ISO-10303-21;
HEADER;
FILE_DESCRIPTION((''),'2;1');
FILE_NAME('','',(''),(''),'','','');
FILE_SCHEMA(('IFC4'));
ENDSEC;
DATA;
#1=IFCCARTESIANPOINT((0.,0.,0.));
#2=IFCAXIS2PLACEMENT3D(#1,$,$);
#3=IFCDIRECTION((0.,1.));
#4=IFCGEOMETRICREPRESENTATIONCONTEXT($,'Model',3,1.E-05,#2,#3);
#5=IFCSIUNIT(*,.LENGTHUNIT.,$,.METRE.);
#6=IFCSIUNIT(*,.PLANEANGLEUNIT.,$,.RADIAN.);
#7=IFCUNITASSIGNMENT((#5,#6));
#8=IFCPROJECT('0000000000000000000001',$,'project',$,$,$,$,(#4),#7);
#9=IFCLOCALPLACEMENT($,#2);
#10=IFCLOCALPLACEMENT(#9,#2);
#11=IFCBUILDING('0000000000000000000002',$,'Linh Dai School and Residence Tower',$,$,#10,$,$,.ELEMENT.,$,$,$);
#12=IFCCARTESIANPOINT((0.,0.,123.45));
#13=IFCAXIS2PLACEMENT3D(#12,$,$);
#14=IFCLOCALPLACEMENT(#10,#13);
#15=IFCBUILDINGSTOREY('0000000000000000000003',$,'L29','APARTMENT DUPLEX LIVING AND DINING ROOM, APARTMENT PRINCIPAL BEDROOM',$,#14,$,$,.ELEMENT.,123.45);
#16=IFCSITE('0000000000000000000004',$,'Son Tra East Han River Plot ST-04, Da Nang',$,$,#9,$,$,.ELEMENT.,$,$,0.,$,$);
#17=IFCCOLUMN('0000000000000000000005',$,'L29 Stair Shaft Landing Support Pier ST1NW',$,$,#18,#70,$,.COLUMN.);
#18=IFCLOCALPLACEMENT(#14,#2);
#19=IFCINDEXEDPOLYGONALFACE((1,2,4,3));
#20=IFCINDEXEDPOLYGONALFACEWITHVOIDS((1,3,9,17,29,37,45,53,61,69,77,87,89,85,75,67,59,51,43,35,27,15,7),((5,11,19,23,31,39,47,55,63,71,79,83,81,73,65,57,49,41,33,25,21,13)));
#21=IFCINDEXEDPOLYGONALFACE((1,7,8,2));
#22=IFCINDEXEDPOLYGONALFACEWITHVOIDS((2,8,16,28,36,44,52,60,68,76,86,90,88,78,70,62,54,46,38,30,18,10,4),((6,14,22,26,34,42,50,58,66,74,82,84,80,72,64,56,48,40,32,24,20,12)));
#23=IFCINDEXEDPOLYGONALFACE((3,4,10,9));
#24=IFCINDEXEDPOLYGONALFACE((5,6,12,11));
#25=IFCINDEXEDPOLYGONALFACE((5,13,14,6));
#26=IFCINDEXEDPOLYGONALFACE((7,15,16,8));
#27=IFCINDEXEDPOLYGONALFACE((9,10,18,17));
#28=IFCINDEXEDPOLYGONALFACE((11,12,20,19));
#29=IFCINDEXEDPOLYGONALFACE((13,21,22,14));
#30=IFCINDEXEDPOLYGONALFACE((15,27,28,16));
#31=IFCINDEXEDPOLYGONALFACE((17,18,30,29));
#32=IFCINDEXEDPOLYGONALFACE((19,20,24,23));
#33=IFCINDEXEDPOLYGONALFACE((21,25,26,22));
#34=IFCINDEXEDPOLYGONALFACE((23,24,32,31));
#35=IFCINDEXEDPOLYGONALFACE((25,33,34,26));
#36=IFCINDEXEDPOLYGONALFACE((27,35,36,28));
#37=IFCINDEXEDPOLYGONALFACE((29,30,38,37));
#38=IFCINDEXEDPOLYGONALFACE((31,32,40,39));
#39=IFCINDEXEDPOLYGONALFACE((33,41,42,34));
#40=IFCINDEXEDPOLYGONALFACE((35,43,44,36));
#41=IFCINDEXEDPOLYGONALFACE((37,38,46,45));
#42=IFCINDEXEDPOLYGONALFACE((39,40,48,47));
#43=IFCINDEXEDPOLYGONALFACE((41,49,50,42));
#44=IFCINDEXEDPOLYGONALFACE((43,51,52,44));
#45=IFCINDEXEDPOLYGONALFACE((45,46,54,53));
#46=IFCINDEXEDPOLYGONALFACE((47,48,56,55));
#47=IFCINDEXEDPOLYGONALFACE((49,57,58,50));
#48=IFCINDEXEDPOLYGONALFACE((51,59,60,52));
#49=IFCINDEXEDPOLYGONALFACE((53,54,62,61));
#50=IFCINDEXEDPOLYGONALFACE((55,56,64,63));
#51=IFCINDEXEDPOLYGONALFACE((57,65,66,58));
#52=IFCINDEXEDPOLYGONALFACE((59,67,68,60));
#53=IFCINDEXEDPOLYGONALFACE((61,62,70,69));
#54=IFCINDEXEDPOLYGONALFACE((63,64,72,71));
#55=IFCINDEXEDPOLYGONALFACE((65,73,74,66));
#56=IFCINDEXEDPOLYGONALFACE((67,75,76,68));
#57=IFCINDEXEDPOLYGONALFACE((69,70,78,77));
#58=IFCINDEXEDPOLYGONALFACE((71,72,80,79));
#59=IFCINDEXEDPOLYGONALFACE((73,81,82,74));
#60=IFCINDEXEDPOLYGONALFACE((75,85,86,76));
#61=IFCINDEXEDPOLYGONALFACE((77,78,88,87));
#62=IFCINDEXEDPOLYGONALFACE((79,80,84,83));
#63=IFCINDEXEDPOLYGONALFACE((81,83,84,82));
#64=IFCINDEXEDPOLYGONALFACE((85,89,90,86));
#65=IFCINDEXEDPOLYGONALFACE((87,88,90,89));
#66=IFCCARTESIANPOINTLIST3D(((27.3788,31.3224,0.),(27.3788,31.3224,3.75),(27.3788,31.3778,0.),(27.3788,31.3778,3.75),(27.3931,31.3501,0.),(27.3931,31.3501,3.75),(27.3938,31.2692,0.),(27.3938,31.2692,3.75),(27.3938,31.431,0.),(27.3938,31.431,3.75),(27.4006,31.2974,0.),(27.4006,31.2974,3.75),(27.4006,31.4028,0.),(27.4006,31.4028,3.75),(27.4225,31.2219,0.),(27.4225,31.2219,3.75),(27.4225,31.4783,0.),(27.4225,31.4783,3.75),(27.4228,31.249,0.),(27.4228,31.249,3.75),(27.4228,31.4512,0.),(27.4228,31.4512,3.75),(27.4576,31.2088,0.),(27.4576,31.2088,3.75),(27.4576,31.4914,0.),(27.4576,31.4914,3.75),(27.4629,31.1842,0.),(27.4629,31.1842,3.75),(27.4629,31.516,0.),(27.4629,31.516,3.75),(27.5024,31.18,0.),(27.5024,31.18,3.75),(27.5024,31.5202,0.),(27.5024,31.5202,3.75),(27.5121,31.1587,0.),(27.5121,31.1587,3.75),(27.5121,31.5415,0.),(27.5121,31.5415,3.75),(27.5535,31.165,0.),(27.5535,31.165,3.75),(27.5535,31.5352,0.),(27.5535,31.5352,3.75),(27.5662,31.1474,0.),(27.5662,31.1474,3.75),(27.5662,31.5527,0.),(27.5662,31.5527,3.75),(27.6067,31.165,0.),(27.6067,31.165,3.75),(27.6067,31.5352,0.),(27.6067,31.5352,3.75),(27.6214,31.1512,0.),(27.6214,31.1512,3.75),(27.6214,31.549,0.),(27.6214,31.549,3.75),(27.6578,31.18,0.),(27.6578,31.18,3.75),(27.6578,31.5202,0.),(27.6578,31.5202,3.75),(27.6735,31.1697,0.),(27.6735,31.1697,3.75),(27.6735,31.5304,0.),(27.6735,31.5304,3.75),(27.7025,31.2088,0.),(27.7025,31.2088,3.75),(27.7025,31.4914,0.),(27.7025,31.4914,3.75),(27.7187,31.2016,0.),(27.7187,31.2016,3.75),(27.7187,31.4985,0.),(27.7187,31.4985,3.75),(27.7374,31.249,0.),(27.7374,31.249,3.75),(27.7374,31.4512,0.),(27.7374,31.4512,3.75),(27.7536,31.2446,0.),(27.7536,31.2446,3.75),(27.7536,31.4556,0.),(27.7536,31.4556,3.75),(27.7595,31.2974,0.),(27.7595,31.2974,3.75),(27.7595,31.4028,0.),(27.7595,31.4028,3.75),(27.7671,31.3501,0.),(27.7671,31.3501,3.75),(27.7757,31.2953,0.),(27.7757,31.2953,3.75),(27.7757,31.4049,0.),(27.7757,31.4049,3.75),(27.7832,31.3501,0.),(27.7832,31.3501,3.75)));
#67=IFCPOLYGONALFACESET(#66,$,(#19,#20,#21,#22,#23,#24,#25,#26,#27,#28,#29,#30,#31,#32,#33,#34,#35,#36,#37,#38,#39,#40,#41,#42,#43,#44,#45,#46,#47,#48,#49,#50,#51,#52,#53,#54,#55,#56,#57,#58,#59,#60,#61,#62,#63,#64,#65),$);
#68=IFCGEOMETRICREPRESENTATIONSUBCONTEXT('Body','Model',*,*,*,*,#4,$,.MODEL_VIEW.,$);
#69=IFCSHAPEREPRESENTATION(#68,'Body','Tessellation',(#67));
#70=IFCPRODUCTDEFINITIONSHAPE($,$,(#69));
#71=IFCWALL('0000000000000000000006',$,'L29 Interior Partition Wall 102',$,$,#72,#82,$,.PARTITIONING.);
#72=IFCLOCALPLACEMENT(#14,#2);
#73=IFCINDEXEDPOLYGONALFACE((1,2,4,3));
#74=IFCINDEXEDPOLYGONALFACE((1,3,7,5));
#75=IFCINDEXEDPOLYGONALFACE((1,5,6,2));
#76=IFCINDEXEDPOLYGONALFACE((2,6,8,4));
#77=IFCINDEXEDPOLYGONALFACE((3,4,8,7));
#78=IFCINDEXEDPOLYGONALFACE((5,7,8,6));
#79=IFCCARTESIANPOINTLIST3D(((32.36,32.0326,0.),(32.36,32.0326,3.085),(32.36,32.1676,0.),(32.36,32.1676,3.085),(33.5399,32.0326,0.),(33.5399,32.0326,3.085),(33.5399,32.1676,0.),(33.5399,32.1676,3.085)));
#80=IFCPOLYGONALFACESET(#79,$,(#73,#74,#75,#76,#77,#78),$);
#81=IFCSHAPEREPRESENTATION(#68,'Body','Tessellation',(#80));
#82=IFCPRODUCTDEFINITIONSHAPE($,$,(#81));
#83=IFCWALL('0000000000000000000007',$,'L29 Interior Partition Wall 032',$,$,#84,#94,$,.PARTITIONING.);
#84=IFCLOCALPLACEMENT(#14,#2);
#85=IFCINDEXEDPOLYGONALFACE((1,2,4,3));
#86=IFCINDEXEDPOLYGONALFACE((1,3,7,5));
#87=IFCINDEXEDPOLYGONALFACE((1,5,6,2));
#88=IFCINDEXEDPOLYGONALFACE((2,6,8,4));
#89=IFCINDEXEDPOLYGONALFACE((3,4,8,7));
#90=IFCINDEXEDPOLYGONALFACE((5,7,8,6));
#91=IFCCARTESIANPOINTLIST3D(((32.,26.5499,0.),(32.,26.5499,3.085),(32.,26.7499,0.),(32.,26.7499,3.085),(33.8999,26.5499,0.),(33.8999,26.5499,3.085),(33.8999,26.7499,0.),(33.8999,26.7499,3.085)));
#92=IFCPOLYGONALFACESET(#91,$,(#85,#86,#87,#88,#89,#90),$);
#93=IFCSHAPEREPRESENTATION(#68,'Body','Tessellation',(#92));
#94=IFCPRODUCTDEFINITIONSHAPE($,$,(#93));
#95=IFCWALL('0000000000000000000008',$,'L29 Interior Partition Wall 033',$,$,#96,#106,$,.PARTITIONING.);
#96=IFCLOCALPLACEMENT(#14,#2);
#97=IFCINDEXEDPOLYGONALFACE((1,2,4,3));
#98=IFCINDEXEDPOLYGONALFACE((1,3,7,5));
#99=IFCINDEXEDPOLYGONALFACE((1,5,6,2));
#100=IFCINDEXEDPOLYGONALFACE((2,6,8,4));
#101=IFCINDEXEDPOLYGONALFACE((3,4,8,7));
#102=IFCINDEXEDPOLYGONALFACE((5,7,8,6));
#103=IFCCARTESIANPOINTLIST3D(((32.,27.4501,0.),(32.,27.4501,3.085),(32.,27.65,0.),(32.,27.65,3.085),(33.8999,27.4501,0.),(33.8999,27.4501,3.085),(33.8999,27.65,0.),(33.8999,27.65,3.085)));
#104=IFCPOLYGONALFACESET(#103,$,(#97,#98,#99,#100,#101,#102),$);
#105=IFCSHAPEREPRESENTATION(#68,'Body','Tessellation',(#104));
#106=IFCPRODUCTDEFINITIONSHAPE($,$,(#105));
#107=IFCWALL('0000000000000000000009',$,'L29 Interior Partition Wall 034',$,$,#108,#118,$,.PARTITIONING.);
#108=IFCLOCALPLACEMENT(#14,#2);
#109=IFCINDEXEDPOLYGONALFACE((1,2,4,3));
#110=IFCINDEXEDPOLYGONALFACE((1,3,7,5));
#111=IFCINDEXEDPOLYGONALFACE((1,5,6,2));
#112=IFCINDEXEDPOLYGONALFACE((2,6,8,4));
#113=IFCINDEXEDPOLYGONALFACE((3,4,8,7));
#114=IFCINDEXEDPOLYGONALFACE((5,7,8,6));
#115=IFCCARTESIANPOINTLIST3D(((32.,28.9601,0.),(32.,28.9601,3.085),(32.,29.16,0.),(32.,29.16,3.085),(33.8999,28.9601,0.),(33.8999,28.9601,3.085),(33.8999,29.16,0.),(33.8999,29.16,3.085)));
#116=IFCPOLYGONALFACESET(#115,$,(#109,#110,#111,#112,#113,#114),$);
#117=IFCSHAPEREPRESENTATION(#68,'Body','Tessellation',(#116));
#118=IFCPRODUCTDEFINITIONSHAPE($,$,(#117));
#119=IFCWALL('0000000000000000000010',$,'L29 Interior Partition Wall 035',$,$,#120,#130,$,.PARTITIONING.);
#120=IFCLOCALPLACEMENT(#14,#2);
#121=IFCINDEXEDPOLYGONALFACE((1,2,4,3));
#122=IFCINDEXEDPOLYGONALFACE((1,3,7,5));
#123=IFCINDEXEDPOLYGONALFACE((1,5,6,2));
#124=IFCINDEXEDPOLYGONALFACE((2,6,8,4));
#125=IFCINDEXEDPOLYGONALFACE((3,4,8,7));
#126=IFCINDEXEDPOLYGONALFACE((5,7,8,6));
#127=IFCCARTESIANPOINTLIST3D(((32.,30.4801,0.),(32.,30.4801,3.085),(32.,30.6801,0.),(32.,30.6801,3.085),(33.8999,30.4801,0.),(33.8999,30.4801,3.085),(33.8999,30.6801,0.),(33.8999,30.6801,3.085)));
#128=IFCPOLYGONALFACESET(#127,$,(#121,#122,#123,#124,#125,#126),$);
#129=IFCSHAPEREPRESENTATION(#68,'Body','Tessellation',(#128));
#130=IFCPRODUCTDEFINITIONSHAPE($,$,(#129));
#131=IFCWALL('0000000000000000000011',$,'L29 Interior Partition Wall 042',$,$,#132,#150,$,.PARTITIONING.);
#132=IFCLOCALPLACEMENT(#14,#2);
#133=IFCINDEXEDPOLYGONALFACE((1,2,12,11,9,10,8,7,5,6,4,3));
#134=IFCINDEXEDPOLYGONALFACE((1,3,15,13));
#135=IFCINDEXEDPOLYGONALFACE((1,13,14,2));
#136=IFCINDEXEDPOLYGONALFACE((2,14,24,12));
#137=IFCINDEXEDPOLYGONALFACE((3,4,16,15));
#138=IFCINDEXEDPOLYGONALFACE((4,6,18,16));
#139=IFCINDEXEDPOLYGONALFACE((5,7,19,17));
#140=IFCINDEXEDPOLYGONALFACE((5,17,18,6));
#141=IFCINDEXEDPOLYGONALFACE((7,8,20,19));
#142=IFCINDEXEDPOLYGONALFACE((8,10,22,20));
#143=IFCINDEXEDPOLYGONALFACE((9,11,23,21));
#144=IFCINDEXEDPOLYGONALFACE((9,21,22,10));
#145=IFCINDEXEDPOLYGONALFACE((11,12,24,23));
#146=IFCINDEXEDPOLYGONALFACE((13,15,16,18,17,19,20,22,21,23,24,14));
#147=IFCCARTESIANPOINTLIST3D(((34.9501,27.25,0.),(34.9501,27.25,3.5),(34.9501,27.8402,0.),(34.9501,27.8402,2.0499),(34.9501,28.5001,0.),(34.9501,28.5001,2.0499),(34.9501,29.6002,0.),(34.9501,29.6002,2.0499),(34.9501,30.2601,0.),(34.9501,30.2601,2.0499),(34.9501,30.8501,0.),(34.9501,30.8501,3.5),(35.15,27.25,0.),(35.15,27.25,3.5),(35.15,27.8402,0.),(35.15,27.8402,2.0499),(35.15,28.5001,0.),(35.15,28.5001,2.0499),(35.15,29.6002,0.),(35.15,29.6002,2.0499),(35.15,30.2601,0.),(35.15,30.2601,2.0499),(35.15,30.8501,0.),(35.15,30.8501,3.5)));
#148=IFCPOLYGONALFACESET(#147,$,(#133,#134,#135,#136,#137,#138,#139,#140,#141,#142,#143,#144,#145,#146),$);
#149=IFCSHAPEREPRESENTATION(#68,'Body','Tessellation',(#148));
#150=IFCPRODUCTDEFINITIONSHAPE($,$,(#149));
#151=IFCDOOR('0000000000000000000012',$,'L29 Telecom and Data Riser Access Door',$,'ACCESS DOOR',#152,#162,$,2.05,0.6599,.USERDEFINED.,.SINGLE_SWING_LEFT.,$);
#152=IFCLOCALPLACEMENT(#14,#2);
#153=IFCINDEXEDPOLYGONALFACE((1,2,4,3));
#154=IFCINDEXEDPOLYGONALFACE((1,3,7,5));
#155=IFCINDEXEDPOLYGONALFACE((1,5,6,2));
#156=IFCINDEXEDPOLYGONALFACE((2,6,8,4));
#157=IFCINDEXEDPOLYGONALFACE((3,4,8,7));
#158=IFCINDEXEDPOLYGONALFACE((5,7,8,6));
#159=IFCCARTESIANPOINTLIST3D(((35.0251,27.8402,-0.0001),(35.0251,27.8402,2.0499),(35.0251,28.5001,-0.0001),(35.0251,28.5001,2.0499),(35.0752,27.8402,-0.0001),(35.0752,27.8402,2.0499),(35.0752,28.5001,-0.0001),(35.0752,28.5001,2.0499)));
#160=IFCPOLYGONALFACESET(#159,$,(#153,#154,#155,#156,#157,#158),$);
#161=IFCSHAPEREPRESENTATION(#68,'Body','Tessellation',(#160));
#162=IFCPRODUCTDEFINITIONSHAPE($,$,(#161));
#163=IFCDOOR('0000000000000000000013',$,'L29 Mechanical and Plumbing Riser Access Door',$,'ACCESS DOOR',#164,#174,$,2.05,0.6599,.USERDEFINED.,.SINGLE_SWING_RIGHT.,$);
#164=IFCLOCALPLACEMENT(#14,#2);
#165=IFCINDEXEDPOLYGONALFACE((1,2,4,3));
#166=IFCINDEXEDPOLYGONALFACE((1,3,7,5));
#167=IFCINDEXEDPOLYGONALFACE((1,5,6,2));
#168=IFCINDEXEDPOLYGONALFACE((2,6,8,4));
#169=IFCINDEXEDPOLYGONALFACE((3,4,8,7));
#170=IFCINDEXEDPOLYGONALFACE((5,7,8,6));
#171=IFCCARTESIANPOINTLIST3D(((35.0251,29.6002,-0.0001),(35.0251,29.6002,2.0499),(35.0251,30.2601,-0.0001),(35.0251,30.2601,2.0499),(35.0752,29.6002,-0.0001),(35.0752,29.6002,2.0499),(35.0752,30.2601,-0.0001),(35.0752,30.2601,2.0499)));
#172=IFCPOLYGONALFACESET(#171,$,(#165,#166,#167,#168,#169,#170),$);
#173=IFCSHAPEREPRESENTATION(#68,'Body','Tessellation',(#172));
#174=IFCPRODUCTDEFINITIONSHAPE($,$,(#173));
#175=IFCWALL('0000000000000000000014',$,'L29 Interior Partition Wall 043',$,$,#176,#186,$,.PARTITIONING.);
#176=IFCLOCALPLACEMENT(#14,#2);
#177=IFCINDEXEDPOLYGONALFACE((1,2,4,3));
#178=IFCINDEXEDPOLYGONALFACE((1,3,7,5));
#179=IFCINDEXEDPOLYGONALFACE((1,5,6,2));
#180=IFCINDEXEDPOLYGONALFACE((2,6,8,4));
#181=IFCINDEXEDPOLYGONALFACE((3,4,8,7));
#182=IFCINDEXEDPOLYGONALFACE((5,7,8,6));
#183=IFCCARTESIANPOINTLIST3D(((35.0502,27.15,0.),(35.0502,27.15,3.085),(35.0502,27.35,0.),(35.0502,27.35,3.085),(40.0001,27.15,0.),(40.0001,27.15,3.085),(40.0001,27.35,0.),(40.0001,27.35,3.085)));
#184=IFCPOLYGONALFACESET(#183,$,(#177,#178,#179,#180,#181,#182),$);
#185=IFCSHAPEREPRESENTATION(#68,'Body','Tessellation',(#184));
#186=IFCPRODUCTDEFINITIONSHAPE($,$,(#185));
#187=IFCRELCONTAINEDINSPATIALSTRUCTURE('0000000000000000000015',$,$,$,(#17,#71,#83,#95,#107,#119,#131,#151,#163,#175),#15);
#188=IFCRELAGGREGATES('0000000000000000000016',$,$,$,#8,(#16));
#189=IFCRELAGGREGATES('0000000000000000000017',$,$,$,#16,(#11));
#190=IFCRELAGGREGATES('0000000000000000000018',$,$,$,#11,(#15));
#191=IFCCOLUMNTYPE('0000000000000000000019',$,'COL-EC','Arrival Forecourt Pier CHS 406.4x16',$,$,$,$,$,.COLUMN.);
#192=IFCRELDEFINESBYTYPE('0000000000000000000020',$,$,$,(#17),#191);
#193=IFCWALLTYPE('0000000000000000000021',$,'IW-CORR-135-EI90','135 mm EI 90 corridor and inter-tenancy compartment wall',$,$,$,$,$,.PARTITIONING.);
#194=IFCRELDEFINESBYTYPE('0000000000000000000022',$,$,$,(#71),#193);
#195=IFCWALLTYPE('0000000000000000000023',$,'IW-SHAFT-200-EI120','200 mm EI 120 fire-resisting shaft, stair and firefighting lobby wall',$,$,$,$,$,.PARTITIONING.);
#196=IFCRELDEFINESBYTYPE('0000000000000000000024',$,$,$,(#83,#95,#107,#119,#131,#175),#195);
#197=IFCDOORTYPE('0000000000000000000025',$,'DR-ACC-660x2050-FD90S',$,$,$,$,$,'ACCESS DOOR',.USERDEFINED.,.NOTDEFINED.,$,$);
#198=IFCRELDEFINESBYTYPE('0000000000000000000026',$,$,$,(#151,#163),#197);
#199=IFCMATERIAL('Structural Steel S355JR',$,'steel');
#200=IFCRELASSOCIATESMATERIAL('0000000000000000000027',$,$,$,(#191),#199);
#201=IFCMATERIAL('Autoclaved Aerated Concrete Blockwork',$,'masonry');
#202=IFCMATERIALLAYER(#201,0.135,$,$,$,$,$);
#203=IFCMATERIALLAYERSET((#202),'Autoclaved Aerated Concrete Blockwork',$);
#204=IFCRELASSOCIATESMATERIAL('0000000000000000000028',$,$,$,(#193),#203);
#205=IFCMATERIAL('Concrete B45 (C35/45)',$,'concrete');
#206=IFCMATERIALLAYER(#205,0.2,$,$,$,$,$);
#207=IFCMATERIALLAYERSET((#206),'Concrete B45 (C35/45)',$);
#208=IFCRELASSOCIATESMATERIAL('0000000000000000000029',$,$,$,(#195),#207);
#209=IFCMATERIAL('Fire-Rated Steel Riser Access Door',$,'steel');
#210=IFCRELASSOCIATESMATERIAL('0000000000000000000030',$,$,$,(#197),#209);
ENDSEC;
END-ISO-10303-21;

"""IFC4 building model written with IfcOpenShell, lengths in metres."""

from ifc_helpers import new_model, si_unit, direction, frame, frame_2d, origin, origin_2d, place, context, subcontext, project, spatial, rectangle, hollow_circle, extrude, source, transform, mapped, material, layer, layer_set, material_profile, profile_set, type_object, element, fill, save


model = new_model("IFC4")

# Units and contexts
model_context = context("Model", 3, precision=1e-05, world=origin(), true_north=direction((0.0, 1.0)))
body_context = subcontext(model_context, "Body", "Model", "MODEL_VIEW")
ifc_project = project(units=[si_unit("LENGTHUNIT", "METRE"), si_unit("PLANEANGLEUNIT", "RADIAN")], contexts=[model_context])

# Site, building, storey
site_placement = place(None, origin())
site = spatial("IfcSite", under=ifc_project, at=site_placement, Name="Son Tra East Han River Plot ST-04, Da Nang", CompositionType="ELEMENT", RefElevation=0.0)
building_placement = place(site_placement, origin())
building = spatial("IfcBuilding", under=site, at=building_placement, Name="Linh Dai School and Residence Tower", CompositionType="ELEMENT")
storey_placement = place(building_placement, frame((0.0, 0.0, 123.45)))
storey = spatial("IfcBuildingStorey", under=building, at=storey_placement, Name="L29", Description="APARTMENT DUPLEX LIVING AND DINING ROOM, APARTMENT PRINCIPAL BEDROOM", CompositionType="ELEMENT", Elevation=123.45)

# Column
ifc_material_1 = material(Name="Structural Steel S355JR", Category="steel")
ifc_material_profile = material_profile(ifc_material_1, hollow_circle(Radius=0.2031, WallThickness=0.0161, at=origin_2d()), Name="CHS 406.4x16")
ifc_profile_set = profile_set([ifc_material_profile], Name="Structural Steel S355JR")
column_type = type_object("IfcColumnType", Name="COL-EC", Description="Arrival Forecourt Pier CHS 406.4x16", PredefinedType="COLUMN", material=ifc_profile_set)
column_placement = place(storey_placement, frame((27.5801, 31.3501, 0.0), z_axis=(0.0, 0.0, 1.0), x_axis=(1.0, 0.0, 0.0)))
element("IfcColumn", 1, at=column_placement, inside=storey, type_object=column_type, Name="L29 Stair Shaft Landing Support Pier ST1NW", PredefinedType="COLUMN", context=body_context, shape_type="SweptSolid", body=[
    extrude(hollow_circle(Radius=0.2031, WallThickness=0.0161, at=origin_2d()), origin(), (0.0, 0.0, 1.0), 3.75),
])

# Walls
ifc_material_2 = material(Name="Autoclaved Aerated Concrete Blockwork", Category="masonry")
ifc_layer_1 = layer(ifc_material_2, 0.135)
ifc_layer_set_1 = layer_set([ifc_layer_1], Name="Autoclaved Aerated Concrete Blockwork")
wall_type_1 = type_object("IfcWallType", Name="IW-CORR-135-EI90", Description="135 mm EI 90 corridor and inter-tenancy compartment wall", PredefinedType="PARTITIONING", material=ifc_layer_set_1)
wall_1_placement = place(storey_placement, frame((32.3601, 32.1001, 0.0), z_axis=(0.0, 0.0, 1.0), x_axis=(1.0, 0.0, 0.0)))
element("IfcWall", 2, at=wall_1_placement, inside=storey, type_object=wall_type_1, Name="L29 Interior Partition Wall 102", PredefinedType="PARTITIONING", context=body_context, shape_type="SweptSolid", body=[
    extrude(rectangle(XDim=1.1799, YDim=0.135, at=frame_2d((0.5898, 0.0))), origin(), (0.0, 0.0, 1.0), 3.085),
])
ifc_material_3 = material(Name="Concrete B45 (C35/45)", Category="concrete")
ifc_layer_2 = layer(ifc_material_3, 0.2)
ifc_layer_set_2 = layer_set([ifc_layer_2], Name="Concrete B45 (C35/45)")
wall_type_2 = type_object("IfcWallType", Name="IW-SHAFT-200-EI120", Description="200 mm EI 120 fire-resisting shaft, stair and firefighting lobby wall", PredefinedType="PARTITIONING", material=ifc_layer_set_2)
for number, where, z_axis, x_axis, name in (
    (3, (32.0, 26.6499, 0.0), (0.0, 0.0, 1.0), (1.0, 0.0, 0.0), "L29 Interior Partition Wall 032"),
    (4, (32.0, 27.55, 0.0), (0.0, 0.0, 1.0), (1.0, 0.0, 0.0), "L29 Interior Partition Wall 033"),
    (5, (32.0, 29.0601, 0.0), (0.0, 0.0, 1.0), (1.0, 0.0, 0.0), "L29 Interior Partition Wall 034"),
    (6, (32.0, 30.5801, 0.0), (0.0, 0.0, 1.0), (1.0, 0.0, 0.0), "L29 Interior Partition Wall 035"),
):
    element("IfcWall", number, at=place(storey_placement, frame(where, z_axis=z_axis, x_axis=x_axis)), inside=storey, type_object=wall_type_2, Name=name, PredefinedType="PARTITIONING", context=body_context, shape_type="SweptSolid", body=[
        extrude(rectangle(XDim=1.8999, YDim=0.2, at=frame_2d((0.95, 0.0))), origin(), (0.0, 0.0, 1.0), 3.085),
    ])

# Wall, openings, doors
wall_2_placement = place(storey_placement, frame((35.05, 27.25, 0.0), z_axis=(0.0, 0.0, 1.0), x_axis=(0.0, 1.0, 0.0)))
wall_2 = element("IfcWall", 7, at=wall_2_placement, inside=storey, type_object=wall_type_2, Name="L29 Interior Partition Wall 042", PredefinedType="PARTITIONING", context=body_context, shape_type="SweptSolid", body=[
    extrude(rectangle(XDim=3.6001, YDim=0.2, at=frame_2d((1.8, 0.0))), origin(), (0.0, 0.0, 1.0), 3.5),
])
opening_1_placement = place(wall_2_placement, frame((0.5901, 0.0, 0.0)))
opening_1 = element("IfcOpeningElement", 8, at=opening_1_placement, cuts=wall_2, PredefinedType="OPENING", context=body_context, shape_type="SweptSolid", body=[
    extrude(rectangle(XDim=0.6599, YDim=2.05, at=origin_2d()), frame((0.3301, 0.1099, 1.0249), z_axis=(0.0, -1.0, 0.0), x_axis=(1.0, 0.0, 0.0)), (0.0, 0.0, 1.0), 0.22),
])
opening_2_placement = place(wall_2_placement, frame((2.3501, 0.0, 0.0)))
opening_2 = element("IfcOpeningElement", 9, at=opening_2_placement, cuts=wall_2, PredefinedType="OPENING", context=body_context, shape_type="SweptSolid", body=[
    extrude(rectangle(XDim=0.6599, YDim=2.05, at=origin_2d()), frame((0.3301, 0.1099, 1.0249), z_axis=(0.0, -1.0, 0.0), x_axis=(1.0, 0.0, 0.0)), (0.0, 0.0, 1.0), 0.22),
])
ifc_material_4 = material(Name="Fire-Rated Steel Riser Access Door", Category="steel")
door_type = type_object("IfcDoorType", Name="DR-ACC-660x2050-FD90S", ElementType="ACCESS DOOR", OperationType="NOTDEFINED", PredefinedType="USERDEFINED", material=ifc_material_4)
shared_shape_1 = source(origin(), body_context, "Body", "SweptSolid", [
    extrude(rectangle(XDim=0.6599, YDim=2.05, at=origin_2d()), frame((0.3301, 0.0249, 1.0249), z_axis=(0.0, -1.0, 0.0), x_axis=(1.0, 0.0, 0.0)), (0.0, 0.0, 1.0), 0.05),
])
door_1_placement = place(opening_1_placement, origin())
door_1 = element("IfcDoor", 10, at=door_1_placement, inside=storey, type_object=door_type, Name="L29 Telecom and Data Riser Access Door", ObjectType="ACCESS DOOR", OperationType="SINGLE_SWING_LEFT", OverallHeight=2.05, OverallWidth=0.6599, PredefinedType="USERDEFINED", context=body_context, shape_type="MappedRepresentation", body=[
    mapped(shared_shape_1, transform((0.0, 0.0, 0.0), x_axis=(1.0, 0.0, 0.0), y_axis=(0.0, 1.0, 0.0), z_axis=(0.0, 0.0, 1.0), scale=1.0)),
])
fill(opening_1, door_1)
door_2_placement = place(opening_2_placement, origin())
door_2 = element("IfcDoor", 11, at=door_2_placement, inside=storey, type_object=door_type, Name="L29 Mechanical and Plumbing Riser Access Door", ObjectType="ACCESS DOOR", OperationType="SINGLE_SWING_RIGHT", OverallHeight=2.05, OverallWidth=0.6599, PredefinedType="USERDEFINED", context=body_context, shape_type="MappedRepresentation", body=[
    mapped(shared_shape_1, transform((0.0, 0.0, 0.0), x_axis=(1.0, 0.0, 0.0), y_axis=(0.0, 1.0, 0.0), z_axis=(0.0, 0.0, 1.0), scale=1.0)),
])
fill(opening_2, door_2)

# Wall
wall_3_placement = place(storey_placement, frame((35.05, 27.25, 0.0), z_axis=(0.0, 0.0, 1.0), x_axis=(1.0, 0.0, 0.0)))
element("IfcWall", 12, at=wall_3_placement, inside=storey, type_object=wall_type_2, Name="L29 Interior Partition Wall 043", PredefinedType="PARTITIONING", context=body_context, shape_type="SweptSolid", body=[
    extrude(rectangle(XDim=4.95, YDim=0.2, at=frame_2d((2.4751, 0.0))), origin(), (0.0, 0.0, 1.0), 3.085),
])

save(model, "model.ifc")
